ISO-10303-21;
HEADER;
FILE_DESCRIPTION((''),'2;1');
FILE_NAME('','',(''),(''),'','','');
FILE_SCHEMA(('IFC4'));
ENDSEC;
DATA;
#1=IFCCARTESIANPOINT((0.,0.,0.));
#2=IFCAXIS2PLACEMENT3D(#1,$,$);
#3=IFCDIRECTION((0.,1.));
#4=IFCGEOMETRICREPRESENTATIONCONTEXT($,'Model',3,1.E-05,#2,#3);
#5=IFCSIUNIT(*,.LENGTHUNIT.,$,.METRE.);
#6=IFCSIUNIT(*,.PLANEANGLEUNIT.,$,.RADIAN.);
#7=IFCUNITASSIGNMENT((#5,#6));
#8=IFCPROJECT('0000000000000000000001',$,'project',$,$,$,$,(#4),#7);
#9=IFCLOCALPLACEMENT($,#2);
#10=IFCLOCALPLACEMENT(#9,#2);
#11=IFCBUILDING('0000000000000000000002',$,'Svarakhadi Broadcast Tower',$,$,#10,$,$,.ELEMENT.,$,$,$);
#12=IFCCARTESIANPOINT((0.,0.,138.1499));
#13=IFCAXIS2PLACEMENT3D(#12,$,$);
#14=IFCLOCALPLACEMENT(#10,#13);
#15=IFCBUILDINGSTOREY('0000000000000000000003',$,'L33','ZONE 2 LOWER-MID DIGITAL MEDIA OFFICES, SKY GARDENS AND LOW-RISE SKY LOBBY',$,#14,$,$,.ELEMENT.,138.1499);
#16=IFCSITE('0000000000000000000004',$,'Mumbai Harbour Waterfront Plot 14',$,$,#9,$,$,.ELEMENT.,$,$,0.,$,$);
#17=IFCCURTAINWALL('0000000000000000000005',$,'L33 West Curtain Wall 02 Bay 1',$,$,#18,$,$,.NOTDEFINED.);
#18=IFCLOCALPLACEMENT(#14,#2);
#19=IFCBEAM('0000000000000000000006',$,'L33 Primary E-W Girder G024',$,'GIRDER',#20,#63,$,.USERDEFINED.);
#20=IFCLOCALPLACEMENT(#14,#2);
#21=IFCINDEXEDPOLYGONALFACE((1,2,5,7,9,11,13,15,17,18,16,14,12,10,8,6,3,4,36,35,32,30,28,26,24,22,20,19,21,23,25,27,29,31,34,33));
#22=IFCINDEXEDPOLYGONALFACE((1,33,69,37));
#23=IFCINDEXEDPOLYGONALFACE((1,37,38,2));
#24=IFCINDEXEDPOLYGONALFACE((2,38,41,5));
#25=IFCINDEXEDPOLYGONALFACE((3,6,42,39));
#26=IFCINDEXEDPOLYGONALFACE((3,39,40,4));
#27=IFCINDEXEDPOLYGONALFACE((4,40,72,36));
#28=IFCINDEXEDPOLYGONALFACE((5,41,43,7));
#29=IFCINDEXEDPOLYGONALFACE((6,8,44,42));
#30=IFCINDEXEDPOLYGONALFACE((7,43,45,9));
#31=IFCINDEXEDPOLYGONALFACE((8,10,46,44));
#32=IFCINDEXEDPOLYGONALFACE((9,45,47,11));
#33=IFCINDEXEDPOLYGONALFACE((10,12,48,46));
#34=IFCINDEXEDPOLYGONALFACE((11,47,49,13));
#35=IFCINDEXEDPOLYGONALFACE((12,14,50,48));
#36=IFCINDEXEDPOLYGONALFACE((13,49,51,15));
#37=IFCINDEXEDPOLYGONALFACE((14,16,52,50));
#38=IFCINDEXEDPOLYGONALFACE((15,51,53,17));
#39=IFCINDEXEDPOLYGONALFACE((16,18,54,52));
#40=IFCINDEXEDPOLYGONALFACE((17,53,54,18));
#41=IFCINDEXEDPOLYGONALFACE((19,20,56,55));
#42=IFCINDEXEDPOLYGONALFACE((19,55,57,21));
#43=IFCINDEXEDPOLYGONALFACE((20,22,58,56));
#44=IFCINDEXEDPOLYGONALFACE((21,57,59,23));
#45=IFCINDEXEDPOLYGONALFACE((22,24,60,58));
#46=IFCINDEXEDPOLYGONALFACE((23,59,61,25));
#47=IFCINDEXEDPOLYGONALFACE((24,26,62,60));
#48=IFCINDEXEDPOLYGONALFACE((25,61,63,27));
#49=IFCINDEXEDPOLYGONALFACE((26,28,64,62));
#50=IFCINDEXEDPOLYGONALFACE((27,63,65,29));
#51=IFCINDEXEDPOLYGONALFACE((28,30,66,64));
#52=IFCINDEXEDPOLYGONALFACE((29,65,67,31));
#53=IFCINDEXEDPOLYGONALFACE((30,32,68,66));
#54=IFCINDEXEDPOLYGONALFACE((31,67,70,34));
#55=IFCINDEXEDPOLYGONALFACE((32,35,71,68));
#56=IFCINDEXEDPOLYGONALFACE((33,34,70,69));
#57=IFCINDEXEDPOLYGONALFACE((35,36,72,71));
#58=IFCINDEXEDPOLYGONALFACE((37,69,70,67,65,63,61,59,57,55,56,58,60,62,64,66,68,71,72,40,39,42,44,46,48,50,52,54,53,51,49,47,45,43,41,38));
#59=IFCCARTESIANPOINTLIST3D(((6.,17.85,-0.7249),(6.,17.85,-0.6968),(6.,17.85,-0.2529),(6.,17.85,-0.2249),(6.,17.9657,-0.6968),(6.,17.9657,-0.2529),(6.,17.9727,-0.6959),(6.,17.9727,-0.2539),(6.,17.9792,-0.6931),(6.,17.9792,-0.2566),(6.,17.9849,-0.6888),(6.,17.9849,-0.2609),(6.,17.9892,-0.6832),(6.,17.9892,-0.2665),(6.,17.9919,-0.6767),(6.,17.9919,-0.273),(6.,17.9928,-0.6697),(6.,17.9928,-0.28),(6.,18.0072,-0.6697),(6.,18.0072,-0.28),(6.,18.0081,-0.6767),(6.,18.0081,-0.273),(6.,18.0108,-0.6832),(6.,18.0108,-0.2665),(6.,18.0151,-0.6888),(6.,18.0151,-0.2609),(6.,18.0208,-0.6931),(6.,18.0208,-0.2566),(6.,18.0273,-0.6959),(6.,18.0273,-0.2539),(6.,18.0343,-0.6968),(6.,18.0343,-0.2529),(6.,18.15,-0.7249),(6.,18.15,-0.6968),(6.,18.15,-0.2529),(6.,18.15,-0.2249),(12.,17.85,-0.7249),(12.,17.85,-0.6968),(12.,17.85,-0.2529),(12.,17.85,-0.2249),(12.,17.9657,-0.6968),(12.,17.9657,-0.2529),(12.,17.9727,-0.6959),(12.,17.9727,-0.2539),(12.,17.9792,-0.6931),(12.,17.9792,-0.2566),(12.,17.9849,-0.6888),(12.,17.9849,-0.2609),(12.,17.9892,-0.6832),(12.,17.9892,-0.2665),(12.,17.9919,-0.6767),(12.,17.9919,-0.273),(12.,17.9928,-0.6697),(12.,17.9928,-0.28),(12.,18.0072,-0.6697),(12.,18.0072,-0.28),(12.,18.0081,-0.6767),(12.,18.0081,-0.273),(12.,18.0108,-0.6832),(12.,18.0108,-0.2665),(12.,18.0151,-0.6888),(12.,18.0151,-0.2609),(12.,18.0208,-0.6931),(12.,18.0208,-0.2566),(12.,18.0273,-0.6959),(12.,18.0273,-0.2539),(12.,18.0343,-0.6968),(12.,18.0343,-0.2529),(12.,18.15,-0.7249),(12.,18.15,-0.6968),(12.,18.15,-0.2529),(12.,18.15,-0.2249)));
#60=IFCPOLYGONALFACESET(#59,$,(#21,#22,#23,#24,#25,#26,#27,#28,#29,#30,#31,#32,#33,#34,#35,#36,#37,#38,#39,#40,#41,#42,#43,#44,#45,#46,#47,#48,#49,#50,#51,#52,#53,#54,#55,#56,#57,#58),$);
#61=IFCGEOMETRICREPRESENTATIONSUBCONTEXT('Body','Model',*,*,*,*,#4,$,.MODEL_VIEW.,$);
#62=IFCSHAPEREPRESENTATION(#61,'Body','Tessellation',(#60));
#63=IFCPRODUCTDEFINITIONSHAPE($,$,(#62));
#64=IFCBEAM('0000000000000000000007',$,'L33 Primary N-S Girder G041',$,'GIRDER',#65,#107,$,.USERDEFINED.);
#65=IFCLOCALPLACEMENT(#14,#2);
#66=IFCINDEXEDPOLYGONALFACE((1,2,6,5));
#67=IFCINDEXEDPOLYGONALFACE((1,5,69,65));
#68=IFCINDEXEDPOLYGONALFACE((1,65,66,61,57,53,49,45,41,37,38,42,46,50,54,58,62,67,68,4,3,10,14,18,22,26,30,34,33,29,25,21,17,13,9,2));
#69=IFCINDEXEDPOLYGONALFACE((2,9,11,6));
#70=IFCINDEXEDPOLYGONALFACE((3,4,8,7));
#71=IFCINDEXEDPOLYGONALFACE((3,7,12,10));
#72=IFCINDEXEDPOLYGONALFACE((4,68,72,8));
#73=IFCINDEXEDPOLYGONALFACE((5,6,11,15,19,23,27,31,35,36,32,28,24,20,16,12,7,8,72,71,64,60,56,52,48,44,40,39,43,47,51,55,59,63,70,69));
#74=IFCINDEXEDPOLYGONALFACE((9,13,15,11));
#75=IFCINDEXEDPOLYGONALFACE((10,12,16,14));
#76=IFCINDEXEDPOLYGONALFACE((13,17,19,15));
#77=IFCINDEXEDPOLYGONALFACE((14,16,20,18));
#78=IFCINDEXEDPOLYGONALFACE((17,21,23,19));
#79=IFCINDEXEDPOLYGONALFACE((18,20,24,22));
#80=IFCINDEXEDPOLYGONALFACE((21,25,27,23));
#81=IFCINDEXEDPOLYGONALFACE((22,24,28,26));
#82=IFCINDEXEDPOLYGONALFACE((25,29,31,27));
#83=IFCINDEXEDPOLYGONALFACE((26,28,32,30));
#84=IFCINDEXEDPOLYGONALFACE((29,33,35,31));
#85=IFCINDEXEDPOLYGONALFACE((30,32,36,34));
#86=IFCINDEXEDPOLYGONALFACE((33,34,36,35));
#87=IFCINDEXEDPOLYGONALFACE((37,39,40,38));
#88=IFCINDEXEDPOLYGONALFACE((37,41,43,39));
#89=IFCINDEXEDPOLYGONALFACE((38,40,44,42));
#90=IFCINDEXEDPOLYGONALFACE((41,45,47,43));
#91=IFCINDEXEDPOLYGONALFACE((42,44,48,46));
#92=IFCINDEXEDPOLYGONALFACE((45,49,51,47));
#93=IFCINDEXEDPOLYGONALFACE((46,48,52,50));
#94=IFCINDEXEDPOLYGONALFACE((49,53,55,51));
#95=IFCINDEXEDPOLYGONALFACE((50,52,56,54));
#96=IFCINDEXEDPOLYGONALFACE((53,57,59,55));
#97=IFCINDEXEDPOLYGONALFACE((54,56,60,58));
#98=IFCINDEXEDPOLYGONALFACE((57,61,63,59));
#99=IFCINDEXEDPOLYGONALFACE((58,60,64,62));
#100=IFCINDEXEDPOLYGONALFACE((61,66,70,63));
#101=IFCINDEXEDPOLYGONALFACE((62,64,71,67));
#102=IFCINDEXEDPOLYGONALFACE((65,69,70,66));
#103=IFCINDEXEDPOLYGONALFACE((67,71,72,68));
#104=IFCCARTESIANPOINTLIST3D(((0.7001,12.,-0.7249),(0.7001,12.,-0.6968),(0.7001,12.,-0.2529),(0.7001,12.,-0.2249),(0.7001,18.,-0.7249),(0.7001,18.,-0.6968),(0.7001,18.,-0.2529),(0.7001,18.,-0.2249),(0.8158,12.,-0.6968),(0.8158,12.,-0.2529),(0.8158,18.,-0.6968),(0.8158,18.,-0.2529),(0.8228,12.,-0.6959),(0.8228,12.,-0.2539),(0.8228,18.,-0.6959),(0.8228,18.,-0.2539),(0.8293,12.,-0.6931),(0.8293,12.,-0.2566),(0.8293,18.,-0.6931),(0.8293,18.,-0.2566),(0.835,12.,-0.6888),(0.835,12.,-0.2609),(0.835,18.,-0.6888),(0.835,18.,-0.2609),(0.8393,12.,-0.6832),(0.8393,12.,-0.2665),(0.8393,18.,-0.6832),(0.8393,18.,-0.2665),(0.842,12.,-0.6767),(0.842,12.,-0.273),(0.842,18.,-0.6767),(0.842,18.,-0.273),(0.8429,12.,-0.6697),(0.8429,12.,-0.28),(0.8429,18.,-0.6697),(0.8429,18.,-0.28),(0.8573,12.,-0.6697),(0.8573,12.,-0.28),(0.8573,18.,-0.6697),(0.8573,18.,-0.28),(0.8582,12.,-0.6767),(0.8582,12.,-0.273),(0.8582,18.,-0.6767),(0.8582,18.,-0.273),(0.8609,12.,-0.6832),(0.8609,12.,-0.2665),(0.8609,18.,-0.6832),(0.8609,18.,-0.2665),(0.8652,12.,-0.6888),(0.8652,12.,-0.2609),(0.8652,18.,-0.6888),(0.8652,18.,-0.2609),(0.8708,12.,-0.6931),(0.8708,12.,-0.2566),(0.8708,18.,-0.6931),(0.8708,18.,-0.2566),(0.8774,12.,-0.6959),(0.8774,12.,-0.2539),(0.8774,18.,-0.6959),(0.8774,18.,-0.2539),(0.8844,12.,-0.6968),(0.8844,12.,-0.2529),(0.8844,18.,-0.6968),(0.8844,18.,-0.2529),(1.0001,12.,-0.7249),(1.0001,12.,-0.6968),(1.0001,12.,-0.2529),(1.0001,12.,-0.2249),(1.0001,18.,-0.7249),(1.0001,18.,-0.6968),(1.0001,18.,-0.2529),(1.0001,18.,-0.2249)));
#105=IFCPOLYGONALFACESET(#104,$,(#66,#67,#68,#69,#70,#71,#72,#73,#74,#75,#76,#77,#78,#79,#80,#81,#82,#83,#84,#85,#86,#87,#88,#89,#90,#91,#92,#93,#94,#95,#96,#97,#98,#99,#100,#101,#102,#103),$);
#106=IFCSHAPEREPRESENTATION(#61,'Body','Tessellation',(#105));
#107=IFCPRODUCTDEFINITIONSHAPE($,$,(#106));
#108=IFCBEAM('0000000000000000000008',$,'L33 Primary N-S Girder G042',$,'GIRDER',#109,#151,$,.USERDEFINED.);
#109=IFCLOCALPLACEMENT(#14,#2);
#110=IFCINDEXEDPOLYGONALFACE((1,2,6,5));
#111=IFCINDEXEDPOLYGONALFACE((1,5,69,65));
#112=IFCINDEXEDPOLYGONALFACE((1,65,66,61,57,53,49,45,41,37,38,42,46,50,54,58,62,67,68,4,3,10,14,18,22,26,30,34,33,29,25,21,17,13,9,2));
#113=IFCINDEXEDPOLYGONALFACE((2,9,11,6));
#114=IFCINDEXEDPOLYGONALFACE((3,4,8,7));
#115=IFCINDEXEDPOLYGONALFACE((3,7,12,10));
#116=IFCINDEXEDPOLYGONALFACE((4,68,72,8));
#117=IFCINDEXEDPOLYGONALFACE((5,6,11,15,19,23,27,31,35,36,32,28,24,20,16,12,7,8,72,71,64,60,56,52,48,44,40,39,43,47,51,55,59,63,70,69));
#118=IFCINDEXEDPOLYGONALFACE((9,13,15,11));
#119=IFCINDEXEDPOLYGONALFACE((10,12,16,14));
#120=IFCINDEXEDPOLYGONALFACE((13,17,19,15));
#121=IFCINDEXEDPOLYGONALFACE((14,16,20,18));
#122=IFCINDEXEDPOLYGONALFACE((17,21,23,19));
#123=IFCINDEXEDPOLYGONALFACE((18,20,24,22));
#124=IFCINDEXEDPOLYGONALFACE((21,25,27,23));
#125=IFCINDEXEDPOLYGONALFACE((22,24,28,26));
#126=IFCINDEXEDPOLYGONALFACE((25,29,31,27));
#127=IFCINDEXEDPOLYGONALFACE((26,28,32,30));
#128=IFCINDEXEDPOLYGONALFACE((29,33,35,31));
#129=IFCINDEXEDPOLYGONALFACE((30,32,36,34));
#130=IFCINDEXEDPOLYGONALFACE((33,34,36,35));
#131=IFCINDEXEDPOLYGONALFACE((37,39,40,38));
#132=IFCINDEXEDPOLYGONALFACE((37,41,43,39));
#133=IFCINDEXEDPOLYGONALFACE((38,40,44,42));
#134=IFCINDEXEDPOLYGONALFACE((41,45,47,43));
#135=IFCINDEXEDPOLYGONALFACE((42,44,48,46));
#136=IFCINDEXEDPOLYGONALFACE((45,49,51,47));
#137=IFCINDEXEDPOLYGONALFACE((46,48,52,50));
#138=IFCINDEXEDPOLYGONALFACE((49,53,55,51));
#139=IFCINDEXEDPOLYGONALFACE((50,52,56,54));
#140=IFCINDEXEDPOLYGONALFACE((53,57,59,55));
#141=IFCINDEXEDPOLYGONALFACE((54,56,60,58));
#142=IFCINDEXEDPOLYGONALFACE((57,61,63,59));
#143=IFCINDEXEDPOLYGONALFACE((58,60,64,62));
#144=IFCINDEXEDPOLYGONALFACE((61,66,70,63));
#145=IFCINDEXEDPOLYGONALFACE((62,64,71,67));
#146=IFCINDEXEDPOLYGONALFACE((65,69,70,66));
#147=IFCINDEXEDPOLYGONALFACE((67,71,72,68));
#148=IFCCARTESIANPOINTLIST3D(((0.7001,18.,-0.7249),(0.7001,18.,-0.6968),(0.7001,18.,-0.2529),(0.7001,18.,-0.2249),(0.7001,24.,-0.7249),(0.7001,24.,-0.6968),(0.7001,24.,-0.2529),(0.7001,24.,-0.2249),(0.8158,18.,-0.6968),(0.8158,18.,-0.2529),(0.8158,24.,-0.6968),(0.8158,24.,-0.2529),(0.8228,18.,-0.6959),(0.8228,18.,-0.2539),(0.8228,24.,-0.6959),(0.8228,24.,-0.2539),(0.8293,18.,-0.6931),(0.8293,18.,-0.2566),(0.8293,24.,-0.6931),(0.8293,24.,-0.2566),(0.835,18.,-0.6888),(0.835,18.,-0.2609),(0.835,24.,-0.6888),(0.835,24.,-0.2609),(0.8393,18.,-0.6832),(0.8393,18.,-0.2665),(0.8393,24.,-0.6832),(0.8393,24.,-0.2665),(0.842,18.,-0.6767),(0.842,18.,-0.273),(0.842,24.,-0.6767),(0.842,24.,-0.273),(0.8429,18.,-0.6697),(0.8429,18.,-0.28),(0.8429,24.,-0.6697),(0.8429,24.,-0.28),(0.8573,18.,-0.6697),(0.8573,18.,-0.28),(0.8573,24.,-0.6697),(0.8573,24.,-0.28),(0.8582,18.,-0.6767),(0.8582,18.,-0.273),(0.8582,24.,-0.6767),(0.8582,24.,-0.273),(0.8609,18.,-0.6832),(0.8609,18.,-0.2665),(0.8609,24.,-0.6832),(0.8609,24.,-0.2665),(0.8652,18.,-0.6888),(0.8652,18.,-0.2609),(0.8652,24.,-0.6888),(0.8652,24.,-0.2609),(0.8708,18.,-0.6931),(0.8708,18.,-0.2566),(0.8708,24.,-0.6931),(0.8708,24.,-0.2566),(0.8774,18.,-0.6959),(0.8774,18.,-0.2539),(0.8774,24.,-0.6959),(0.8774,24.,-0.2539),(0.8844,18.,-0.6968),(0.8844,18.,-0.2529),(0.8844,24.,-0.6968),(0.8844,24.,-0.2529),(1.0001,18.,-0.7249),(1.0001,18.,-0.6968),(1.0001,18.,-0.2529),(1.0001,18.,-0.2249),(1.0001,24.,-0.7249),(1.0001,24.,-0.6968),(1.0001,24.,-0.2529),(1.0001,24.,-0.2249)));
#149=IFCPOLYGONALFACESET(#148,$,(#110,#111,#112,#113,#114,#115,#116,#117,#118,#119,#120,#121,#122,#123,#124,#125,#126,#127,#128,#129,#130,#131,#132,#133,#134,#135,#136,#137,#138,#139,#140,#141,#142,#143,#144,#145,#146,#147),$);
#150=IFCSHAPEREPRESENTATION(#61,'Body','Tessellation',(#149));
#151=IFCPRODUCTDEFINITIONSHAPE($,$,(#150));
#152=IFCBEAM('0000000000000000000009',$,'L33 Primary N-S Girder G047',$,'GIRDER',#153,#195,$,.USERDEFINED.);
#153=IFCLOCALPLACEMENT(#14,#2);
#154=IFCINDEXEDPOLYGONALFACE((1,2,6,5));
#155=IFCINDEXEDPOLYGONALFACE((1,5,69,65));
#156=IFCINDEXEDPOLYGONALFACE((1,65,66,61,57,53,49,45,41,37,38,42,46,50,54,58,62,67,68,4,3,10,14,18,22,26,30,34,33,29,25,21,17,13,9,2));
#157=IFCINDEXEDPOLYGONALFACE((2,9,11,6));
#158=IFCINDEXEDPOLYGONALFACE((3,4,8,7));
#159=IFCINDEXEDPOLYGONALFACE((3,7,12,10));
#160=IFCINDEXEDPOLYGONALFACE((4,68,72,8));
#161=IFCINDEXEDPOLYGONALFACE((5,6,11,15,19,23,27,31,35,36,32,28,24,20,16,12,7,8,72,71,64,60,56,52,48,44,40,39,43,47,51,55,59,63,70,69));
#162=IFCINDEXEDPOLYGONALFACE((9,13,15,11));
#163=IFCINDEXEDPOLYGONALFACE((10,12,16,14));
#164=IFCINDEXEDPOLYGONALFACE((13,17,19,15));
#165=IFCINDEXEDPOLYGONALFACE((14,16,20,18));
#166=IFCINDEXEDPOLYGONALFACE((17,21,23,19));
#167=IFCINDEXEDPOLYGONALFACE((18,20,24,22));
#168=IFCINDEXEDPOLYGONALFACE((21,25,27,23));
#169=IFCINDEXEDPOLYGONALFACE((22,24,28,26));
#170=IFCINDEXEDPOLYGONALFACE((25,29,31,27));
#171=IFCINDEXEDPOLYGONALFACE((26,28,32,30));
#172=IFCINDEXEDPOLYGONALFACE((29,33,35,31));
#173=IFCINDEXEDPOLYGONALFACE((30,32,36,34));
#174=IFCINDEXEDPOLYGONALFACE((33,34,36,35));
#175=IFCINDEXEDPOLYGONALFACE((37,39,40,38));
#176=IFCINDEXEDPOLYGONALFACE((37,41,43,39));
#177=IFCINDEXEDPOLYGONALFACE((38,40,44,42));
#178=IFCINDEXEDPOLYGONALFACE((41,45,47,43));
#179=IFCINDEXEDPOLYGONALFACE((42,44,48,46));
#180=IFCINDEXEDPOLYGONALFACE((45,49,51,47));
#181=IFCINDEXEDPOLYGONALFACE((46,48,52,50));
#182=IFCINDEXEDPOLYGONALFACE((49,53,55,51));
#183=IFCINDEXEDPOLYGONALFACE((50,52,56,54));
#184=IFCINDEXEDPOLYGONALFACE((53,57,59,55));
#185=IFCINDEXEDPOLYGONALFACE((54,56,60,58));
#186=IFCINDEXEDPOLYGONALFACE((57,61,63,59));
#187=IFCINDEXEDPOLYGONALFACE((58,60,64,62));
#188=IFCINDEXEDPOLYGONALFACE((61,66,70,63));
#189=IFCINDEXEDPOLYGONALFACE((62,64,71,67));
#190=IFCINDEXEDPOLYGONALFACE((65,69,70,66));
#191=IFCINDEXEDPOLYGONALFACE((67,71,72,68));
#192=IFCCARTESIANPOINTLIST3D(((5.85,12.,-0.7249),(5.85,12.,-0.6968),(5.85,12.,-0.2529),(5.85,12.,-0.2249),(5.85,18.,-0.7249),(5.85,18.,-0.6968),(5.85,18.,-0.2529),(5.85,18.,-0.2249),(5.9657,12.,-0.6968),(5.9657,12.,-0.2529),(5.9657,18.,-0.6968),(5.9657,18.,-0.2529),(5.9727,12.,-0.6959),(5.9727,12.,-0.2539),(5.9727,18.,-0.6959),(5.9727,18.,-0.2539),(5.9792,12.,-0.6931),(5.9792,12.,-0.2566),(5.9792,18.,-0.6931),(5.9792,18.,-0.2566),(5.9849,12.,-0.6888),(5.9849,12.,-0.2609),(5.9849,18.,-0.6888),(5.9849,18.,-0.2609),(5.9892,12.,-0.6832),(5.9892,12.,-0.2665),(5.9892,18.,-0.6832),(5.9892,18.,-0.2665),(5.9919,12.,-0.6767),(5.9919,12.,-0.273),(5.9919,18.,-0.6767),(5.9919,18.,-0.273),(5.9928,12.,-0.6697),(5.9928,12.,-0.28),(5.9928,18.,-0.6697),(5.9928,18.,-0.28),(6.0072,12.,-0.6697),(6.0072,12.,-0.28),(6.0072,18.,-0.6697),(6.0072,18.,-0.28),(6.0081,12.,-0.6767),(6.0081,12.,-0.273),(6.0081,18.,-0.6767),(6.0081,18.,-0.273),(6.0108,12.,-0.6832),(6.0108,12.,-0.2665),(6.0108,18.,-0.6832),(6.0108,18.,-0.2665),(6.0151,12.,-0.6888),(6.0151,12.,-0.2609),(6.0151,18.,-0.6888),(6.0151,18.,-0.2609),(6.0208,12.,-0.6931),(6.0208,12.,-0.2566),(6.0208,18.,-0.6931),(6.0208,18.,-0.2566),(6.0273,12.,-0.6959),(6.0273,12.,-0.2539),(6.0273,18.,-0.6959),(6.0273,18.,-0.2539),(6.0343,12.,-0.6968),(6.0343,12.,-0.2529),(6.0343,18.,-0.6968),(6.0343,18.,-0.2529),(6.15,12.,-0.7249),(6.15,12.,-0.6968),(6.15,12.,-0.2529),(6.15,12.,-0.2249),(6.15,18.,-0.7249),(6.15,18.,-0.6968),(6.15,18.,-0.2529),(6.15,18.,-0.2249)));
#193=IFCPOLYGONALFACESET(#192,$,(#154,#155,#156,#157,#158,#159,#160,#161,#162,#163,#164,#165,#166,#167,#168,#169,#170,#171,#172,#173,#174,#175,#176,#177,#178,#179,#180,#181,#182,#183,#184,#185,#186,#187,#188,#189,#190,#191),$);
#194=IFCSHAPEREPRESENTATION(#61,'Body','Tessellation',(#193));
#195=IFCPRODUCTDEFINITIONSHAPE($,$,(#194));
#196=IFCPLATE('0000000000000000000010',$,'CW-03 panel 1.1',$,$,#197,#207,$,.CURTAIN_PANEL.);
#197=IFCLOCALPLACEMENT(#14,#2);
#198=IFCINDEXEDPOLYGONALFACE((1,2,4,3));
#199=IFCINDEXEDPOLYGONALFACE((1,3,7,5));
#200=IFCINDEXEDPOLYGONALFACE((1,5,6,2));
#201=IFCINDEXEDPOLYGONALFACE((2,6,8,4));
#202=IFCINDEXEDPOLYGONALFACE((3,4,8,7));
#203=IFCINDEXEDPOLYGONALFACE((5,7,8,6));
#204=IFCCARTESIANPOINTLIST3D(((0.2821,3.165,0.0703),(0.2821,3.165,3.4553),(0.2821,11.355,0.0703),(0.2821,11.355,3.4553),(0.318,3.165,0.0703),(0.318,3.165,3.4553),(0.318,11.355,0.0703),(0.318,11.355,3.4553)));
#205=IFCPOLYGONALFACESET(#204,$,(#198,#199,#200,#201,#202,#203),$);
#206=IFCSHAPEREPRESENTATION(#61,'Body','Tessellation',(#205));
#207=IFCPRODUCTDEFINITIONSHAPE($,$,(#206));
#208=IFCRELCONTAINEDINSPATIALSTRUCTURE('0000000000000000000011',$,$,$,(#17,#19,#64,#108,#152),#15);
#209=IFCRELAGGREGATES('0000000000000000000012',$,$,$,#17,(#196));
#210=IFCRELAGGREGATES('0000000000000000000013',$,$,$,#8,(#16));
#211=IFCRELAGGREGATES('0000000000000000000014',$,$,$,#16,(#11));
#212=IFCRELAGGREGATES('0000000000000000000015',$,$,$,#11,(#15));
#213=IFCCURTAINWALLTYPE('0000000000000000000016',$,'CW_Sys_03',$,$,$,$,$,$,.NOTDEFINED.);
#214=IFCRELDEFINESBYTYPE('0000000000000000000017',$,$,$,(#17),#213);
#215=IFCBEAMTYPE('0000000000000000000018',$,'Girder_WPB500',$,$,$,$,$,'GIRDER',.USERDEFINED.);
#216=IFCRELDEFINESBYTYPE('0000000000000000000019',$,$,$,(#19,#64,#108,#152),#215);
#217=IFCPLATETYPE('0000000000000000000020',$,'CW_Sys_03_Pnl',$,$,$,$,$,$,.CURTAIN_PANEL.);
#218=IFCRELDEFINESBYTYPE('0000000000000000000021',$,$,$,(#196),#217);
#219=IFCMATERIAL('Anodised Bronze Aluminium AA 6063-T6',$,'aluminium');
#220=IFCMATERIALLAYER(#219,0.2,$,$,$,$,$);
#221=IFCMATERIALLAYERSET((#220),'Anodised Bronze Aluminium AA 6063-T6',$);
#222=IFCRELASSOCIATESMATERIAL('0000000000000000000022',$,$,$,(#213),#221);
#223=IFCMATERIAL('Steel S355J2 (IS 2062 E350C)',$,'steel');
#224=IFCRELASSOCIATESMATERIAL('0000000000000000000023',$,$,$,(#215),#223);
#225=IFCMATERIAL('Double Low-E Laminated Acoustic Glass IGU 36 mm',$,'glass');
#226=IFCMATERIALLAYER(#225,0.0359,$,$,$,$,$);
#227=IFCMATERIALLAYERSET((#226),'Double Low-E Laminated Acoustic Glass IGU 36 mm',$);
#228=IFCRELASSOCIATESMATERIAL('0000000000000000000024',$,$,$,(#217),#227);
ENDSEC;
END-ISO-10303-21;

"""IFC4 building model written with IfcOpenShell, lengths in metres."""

from ifc_helpers import new_model, si_unit, direction, frame, origin, origin_2d, place, context, subcontext, project, spatial, rectangle, i_section, extrude, material, layer, layer_set, material_profile, profile_set, type_object, element, aggregate, save


model = new_model("IFC4")

# Units and contexts
model_context = context("Model", 3, precision=1e-05, world=origin(), true_north=direction((0.0, 1.0)))
body_context = subcontext(model_context, "Body", "Model", "MODEL_VIEW")
ifc_project = project(units=[si_unit("LENGTHUNIT", "METRE"), si_unit("PLANEANGLEUNIT", "RADIAN")], contexts=[model_context])

# Site, building, storey
site_placement = place(None, origin())
site = spatial("IfcSite", under=ifc_project, at=site_placement, Name="Mumbai Harbour Waterfront Plot 14", CompositionType="ELEMENT", RefElevation=0.0)
building_placement = place(site_placement, origin())
building = spatial("IfcBuilding", under=site, at=building_placement, Name="Svarakhadi Broadcast Tower", CompositionType="ELEMENT")
storey_placement = place(building_placement, frame((0.0, 0.0, 138.1499)))
storey = spatial("IfcBuildingStorey", under=building, at=storey_placement, Name="L33", Description="ZONE 2 LOWER-MID DIGITAL MEDIA OFFICES, SKY GARDENS AND LOW-RISE SKY LOBBY", CompositionType="ELEMENT", Elevation=138.1499)

# Shared definitions
ifc_material_1 = material(Name="Steel S355J2 (IS 2062 E350C)", Category="steel")

# Curtain wall
ifc_material_2 = material(Name="Anodised Bronze Aluminium AA 6063-T6", Category="aluminium")
ifc_layer_1 = layer(ifc_material_2, 0.2)
ifc_layer_set_1 = layer_set([ifc_layer_1], Name="Anodised Bronze Aluminium AA 6063-T6")
curtain_wall_type = type_object("IfcCurtainWallType", Name="CW_Sys_03", PredefinedType="NOTDEFINED", material=ifc_layer_set_1)
curtain_wall_1_placement = place(storey_placement, origin())
curtain_wall_1 = element("IfcCurtainWall", 1, at=curtain_wall_1_placement, inside=storey, type_object=curtain_wall_type, Name="L33 West Curtain Wall 02 Bay 1", PredefinedType="NOTDEFINED")

# Beams
ifc_material_profile_1 = material_profile(ifc_material_1, i_section(OverallWidth=0.3, OverallDepth=0.5, WebThickness=0.0144, FlangeThickness=0.0281, FilletRadius=0.0271, at=origin_2d()), Name="WPB 500x300x187")
ifc_profile_set_1 = profile_set([ifc_material_profile_1], Name="Steel S355J2 (IS 2062 E350C)")
beam_type_1 = type_object("IfcBeamType", Name="Girder_WPB500", ElementType="GIRDER", PredefinedType="USERDEFINED", material=ifc_profile_set_1)
for number, where, z_axis, x_axis, name in (
    (2, (6.0, 18.0, -0.4749), (1.0, 0.0, 0.0), (0.0, 1.0, 0.0), "L33 Primary E-W Girder G024"),
    (3, (0.8501, 12.0, -0.4749), (0.0, 1.0, 0.0), (-1.0, 0.0, 0.0), "L33 Primary N-S Girder G041"),
    (4, (0.8501, 18.0, -0.4749), (0.0, 1.0, 0.0), (-1.0, 0.0, 0.0), "L33 Primary N-S Girder G042"),
    (5, (6.0, 12.0, -0.4749), (0.0, 1.0, 0.0), (-1.0, 0.0, 0.0), "L33 Primary N-S Girder G047"),
):
    element("IfcBeam", number, at=place(storey_placement, frame(where, z_axis=z_axis, x_axis=x_axis)), inside=storey, type_object=beam_type_1, Name=name, ObjectType="GIRDER", PredefinedType="USERDEFINED", context=body_context, shape_type="SweptSolid", body=[
        extrude(i_section(OverallWidth=0.3, OverallDepth=0.5, WebThickness=0.0144, FlangeThickness=0.0281, FilletRadius=0.0271, at=origin_2d()), origin(), (0.0, 0.0, 1.0), 6.0),
    ])

# Plate
ifc_material_3 = material(Name="Double Low-E Laminated Acoustic Glass IGU 36 mm", Category="glass")
ifc_layer_2 = layer(ifc_material_3, 0.0359)
ifc_layer_set_2 = layer_set([ifc_layer_2], Name="Double Low-E Laminated Acoustic Glass IGU 36 mm")
plate_type_1 = type_object("IfcPlateType", Name="CW_Sys_03_Pnl", PredefinedType="CURTAIN_PANEL", material=ifc_layer_set_2)
plate_1_placement = place(storey_placement, frame((0.3, 7.26, 0.0703), z_axis=(0.0, 0.0, 1.0), x_axis=(0.0, 1.0, 0.0)))
plate_1 = element("IfcPlate", 6, at=plate_1_placement, type_object=plate_type_1, Name="CW-03 panel 1.1", PredefinedType="CURTAIN_PANEL", context=body_context, shape_type="SweptSolid", body=[
    extrude(rectangle(XDim=8.1899, YDim=0.0359, at=origin_2d()), origin(), (0.0, 0.0, 1.0), 3.385),
])
aggregate(curtain_wall_1, [plate_1])

save(model, "model.ifc")
